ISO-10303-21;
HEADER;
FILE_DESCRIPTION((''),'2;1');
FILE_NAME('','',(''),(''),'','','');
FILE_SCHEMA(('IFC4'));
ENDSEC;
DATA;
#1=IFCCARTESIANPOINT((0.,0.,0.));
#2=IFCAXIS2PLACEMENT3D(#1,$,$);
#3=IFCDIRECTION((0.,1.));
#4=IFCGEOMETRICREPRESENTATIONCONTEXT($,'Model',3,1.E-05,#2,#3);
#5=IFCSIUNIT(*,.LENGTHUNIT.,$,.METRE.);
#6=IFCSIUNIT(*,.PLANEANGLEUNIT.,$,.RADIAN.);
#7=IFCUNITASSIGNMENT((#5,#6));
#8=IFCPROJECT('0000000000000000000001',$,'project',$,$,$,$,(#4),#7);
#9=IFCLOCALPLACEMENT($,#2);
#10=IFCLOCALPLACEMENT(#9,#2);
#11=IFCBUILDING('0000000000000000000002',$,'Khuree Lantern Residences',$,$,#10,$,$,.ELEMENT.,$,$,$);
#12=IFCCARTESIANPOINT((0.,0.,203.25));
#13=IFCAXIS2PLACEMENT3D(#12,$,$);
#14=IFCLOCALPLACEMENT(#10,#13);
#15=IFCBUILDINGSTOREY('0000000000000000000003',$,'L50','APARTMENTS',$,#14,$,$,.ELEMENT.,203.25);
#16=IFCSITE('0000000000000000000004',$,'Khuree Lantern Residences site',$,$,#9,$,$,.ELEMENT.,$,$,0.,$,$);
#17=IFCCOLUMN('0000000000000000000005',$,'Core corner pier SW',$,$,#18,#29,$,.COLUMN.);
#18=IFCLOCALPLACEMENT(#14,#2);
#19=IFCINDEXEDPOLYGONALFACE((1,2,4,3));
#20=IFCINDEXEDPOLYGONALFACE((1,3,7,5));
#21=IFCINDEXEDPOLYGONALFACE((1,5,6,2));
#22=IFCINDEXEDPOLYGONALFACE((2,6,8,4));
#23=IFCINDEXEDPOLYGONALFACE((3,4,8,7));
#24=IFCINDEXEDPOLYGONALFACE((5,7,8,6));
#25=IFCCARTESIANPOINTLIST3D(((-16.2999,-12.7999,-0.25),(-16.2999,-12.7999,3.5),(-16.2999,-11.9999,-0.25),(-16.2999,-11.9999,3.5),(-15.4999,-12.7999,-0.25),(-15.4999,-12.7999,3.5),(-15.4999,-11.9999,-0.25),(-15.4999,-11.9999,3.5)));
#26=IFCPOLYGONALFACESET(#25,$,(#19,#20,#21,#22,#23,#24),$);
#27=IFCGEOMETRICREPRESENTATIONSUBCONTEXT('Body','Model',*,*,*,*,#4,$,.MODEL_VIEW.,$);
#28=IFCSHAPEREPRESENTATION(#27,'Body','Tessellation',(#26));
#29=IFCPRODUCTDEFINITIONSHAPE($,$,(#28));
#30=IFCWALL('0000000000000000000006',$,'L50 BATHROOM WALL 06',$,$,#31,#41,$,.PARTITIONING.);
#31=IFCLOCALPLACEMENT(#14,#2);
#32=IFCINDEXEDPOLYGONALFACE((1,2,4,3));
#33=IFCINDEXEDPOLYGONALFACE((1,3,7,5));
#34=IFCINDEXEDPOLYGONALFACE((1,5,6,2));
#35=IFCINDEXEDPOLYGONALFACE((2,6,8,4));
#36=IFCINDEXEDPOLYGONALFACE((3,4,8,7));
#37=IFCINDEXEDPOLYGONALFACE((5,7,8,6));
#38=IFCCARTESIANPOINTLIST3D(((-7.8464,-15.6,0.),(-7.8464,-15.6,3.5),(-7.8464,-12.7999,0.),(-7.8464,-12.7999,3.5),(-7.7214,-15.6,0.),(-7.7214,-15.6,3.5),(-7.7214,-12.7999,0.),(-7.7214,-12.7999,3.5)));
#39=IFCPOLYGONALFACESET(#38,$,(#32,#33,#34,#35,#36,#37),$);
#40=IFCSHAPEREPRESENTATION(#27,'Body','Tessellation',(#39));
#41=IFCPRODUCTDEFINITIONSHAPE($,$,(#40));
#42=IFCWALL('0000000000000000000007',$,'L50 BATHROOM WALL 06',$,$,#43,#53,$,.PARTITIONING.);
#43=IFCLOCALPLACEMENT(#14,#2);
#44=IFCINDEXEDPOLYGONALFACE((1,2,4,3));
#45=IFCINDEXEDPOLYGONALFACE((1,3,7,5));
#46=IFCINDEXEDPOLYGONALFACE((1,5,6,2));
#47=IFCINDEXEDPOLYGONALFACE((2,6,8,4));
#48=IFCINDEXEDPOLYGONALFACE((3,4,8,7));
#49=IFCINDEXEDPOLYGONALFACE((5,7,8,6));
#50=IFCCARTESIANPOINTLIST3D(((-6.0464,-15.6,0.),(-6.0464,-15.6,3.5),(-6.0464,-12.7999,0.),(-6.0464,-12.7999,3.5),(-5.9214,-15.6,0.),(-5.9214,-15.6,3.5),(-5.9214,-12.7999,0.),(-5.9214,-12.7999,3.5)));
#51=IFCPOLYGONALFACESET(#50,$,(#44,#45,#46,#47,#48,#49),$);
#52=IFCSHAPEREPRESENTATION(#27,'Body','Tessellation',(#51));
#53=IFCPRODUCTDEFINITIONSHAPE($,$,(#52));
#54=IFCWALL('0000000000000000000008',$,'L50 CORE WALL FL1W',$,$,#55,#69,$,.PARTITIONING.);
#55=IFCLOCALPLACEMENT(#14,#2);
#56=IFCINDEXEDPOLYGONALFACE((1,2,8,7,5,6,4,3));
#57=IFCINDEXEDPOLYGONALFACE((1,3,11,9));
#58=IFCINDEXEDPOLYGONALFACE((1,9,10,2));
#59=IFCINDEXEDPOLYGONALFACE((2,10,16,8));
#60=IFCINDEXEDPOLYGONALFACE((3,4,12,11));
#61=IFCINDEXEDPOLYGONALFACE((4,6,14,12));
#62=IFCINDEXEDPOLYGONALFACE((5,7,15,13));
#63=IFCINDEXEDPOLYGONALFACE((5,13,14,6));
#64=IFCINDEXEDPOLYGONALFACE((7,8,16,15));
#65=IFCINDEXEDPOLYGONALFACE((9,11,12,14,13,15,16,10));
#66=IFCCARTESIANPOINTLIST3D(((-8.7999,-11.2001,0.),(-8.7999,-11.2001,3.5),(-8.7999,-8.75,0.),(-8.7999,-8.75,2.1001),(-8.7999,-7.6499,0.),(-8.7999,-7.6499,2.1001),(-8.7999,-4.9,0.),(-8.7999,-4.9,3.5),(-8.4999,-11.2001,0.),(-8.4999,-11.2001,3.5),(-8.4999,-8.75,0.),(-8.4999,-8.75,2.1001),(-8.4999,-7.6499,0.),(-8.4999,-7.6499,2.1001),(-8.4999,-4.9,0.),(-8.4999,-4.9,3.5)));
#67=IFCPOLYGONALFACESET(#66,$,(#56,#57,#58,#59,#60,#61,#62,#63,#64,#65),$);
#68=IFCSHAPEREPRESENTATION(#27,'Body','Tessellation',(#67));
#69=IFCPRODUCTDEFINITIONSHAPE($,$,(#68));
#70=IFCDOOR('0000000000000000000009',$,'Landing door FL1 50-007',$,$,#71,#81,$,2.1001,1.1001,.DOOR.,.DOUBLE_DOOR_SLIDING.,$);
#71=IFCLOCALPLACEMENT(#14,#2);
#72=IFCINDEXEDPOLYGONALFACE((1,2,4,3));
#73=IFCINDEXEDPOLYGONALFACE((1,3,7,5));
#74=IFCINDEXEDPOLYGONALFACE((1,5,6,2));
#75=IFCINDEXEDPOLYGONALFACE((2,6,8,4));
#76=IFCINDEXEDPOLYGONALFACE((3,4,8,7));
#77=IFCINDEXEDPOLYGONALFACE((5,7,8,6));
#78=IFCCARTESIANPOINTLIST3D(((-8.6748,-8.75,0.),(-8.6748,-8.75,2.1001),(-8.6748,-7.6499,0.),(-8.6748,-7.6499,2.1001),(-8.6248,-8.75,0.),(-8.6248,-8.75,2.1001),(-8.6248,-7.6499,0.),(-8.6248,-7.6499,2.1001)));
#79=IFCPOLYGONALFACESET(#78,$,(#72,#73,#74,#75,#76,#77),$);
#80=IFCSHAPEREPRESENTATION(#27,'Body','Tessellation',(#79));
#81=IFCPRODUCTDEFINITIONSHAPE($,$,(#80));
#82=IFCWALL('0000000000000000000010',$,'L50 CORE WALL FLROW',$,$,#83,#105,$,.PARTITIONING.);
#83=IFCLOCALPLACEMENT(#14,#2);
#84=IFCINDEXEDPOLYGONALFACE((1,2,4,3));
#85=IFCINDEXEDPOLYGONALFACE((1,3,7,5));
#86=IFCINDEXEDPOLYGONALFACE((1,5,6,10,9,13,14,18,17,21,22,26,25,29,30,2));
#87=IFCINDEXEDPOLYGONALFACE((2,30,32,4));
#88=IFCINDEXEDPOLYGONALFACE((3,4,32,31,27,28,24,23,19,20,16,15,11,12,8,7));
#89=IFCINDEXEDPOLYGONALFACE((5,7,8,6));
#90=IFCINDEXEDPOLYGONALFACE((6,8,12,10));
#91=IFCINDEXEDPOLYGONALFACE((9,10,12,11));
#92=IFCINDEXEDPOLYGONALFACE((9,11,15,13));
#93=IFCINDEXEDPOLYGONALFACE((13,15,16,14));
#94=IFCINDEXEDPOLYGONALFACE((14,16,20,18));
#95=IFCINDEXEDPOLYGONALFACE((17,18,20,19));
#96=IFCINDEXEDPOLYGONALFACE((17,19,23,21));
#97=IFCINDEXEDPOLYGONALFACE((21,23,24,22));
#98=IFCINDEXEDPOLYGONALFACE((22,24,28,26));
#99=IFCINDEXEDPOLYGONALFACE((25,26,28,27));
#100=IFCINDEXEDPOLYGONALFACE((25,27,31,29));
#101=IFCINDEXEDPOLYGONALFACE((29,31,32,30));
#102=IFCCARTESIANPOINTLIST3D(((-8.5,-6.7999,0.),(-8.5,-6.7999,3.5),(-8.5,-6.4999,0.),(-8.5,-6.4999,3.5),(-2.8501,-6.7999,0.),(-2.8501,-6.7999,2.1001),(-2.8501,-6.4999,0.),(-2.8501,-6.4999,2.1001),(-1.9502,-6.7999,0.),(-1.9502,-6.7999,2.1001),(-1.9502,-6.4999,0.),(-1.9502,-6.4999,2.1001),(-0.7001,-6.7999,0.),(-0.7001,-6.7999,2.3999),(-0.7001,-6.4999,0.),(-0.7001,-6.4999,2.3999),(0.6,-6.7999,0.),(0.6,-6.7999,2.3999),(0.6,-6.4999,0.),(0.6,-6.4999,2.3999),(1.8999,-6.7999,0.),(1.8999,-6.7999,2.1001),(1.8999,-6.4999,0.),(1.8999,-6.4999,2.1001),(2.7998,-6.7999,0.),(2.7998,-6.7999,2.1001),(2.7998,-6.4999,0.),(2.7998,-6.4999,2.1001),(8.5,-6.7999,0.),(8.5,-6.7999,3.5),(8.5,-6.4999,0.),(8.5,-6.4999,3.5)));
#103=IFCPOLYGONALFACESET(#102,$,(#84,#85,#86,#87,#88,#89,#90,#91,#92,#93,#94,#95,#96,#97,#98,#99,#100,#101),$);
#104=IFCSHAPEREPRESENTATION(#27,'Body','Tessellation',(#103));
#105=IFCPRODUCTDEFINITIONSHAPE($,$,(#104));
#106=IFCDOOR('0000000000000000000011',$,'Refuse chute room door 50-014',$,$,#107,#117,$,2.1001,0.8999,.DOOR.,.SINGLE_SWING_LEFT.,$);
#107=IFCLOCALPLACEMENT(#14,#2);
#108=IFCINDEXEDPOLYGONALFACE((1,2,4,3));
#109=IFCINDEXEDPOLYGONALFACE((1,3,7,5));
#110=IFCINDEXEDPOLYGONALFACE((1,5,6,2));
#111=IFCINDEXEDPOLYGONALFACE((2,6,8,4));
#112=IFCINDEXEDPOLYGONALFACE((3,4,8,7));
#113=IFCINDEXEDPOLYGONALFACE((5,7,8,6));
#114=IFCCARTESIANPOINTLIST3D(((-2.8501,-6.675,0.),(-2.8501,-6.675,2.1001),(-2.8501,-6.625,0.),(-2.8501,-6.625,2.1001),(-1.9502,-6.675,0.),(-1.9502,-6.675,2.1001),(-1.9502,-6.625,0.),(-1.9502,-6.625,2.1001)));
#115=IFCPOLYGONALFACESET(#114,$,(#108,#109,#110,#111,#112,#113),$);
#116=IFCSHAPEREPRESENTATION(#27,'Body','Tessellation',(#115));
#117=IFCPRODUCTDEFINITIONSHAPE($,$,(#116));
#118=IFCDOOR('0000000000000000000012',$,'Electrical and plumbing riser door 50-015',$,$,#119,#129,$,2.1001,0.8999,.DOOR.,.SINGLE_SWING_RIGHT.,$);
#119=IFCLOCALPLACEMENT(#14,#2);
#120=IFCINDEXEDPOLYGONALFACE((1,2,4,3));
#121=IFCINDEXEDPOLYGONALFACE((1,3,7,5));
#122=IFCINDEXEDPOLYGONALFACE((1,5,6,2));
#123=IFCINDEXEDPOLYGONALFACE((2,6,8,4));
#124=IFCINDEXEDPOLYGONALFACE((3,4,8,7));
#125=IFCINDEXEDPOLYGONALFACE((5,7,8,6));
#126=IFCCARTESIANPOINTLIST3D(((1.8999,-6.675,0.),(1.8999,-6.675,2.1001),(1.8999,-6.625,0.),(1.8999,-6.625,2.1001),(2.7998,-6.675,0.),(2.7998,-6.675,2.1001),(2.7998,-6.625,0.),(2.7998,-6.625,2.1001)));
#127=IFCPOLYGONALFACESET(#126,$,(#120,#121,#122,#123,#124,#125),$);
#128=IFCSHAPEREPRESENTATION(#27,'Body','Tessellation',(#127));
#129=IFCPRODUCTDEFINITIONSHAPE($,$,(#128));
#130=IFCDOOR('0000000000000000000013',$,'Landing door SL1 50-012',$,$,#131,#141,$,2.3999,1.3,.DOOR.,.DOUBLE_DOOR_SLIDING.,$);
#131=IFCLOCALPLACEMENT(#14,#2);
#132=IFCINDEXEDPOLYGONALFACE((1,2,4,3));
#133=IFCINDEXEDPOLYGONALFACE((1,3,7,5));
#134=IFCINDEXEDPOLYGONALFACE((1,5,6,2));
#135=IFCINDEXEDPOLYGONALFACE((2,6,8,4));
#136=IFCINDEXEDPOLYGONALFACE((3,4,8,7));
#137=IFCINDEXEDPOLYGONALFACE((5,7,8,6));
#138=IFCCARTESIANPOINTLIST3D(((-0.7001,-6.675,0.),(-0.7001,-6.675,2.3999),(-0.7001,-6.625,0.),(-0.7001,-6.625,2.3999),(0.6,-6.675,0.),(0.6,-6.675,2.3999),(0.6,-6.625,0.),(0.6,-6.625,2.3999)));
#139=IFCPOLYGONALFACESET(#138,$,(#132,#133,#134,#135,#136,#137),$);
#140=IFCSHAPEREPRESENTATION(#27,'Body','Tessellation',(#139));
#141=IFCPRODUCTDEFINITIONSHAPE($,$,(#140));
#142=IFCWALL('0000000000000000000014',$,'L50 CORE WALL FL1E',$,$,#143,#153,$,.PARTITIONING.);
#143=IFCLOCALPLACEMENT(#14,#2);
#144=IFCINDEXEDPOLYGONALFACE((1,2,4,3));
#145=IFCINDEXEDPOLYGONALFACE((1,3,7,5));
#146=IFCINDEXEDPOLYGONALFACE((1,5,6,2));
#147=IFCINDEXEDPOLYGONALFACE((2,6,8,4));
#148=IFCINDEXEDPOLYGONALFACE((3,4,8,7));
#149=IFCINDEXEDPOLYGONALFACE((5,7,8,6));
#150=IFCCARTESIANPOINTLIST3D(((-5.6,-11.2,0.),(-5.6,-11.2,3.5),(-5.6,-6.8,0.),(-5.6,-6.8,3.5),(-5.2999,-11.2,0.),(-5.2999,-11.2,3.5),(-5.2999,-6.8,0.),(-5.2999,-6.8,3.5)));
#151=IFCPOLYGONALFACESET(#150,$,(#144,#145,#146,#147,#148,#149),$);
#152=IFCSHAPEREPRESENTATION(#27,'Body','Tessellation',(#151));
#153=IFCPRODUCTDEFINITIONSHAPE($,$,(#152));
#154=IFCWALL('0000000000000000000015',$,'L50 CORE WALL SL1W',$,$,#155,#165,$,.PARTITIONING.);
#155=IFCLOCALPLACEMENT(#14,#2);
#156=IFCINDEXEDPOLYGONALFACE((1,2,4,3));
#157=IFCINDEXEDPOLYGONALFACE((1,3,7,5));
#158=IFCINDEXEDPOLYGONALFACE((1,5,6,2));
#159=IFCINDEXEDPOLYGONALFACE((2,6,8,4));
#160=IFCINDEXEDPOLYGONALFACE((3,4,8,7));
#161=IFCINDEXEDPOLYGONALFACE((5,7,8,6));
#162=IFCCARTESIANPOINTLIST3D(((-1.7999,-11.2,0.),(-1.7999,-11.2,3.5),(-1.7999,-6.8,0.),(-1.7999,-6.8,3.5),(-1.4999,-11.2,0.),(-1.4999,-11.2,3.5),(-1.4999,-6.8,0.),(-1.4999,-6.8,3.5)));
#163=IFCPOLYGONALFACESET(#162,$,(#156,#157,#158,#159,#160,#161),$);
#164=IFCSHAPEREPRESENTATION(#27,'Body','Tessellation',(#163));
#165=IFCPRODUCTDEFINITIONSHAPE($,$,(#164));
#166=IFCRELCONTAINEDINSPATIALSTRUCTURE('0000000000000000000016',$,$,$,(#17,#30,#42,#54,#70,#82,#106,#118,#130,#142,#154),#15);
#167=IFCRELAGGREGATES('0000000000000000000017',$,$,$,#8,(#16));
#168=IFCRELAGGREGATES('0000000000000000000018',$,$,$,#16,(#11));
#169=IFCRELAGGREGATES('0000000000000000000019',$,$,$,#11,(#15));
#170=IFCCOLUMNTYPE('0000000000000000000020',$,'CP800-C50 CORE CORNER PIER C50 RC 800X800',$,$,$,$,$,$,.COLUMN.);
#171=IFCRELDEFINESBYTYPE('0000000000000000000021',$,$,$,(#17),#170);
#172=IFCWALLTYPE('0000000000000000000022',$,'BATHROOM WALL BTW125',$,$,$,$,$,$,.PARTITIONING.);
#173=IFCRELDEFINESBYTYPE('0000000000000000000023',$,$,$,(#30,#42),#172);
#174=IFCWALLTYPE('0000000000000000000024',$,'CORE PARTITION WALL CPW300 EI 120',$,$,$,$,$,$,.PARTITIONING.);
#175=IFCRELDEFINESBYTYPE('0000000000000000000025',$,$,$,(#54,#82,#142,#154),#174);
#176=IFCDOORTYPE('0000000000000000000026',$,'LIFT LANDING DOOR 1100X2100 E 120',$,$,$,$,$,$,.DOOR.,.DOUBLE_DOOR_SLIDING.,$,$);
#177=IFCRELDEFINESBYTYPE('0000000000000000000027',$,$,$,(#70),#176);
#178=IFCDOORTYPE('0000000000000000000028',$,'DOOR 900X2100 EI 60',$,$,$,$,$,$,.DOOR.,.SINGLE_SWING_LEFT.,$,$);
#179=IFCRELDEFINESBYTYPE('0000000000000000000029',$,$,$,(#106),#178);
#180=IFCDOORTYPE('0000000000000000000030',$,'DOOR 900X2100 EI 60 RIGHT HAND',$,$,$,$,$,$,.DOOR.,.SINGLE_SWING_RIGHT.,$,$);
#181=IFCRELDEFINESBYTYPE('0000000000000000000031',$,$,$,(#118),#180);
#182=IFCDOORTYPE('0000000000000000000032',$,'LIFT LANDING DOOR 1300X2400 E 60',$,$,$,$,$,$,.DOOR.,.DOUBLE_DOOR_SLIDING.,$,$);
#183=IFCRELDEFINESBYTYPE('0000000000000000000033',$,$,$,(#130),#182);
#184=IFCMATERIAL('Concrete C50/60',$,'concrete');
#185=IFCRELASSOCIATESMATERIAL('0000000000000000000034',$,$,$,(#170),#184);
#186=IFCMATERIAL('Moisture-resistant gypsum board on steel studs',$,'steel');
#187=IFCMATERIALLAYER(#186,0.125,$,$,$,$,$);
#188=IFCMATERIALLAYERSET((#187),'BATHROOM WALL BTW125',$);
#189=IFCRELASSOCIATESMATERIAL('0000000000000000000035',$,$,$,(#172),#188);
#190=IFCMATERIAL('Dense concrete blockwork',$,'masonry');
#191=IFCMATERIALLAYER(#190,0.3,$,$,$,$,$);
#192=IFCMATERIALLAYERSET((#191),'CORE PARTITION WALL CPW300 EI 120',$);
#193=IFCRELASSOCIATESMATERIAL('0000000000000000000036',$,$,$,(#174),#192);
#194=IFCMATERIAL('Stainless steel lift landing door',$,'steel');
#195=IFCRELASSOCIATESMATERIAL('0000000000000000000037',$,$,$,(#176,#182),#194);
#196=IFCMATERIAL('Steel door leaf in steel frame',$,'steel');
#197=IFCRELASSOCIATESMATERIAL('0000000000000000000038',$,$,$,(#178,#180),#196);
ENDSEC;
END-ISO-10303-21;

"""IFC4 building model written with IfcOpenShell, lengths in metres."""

from ifc_helpers import new_model, si_unit, direction, frame, frame_2d, origin, origin_2d, place, context, subcontext, project, spatial, rectangle, extrude, material, layer, layer_set, material_profile, profile_set, type_object, element, fill, save


model = new_model("IFC4")

# Units and contexts
model_context = context("Model", 3, precision=1e-05, world=origin(), true_north=direction((0.0, 1.0)))
body_context = subcontext(model_context, "Body", "Model", "MODEL_VIEW")
ifc_project = project(units=[si_unit("LENGTHUNIT", "METRE"), si_unit("PLANEANGLEUNIT", "RADIAN")], contexts=[model_context])

# Site, building, storey
site_placement = place(None, origin())
site = spatial("IfcSite", under=ifc_project, at=site_placement, Name="Khuree Lantern Residences site", CompositionType="ELEMENT", RefElevation=0.0)
building_placement = place(site_placement, origin())
building = spatial("IfcBuilding", under=site, at=building_placement, Name="Khuree Lantern Residences", CompositionType="ELEMENT")
storey_placement = place(building_placement, frame((0.0, 0.0, 203.25)))
storey = spatial("IfcBuildingStorey", under=building, at=storey_placement, Name="L50", Description="APARTMENTS", CompositionType="ELEMENT", Elevation=203.25)

# Column
ifc_material_1 = material(Name="Concrete C50/60", Category="concrete")
ifc_material_profile = material_profile(ifc_material_1, rectangle(XDim=0.8, YDim=0.8, at=origin_2d()), Name="RC 800X800")
ifc_profile_set = profile_set([ifc_material_profile], Name="Concrete C50/60")
column_type = type_object("IfcColumnType", Name="CP800-C50 CORE CORNER PIER C50 RC 800X800", PredefinedType="COLUMN", material=ifc_profile_set)
column_placement = place(storey_placement, frame((-15.8999, -12.3999, -0.25), z_axis=(0.0, 0.0, 1.0), x_axis=(1.0, 0.0, 0.0)))
element("IfcColumn", 1, at=column_placement, inside=storey, type_object=column_type, Name="Core corner pier SW", PredefinedType="COLUMN", context=body_context, shape_type="SweptSolid", body=[
    extrude(rectangle(XDim=0.8, YDim=0.8, at=origin_2d()), origin(), (0.0, 0.0, 1.0), 3.75),
])

# Walls
ifc_material_2 = material(Name="Moisture-resistant gypsum board on steel studs", Category="steel")
ifc_layer_1 = layer(ifc_material_2, 0.125)
ifc_layer_set_1 = layer_set([ifc_layer_1], Name="BATHROOM WALL BTW125")
wall_type_1 = type_object("IfcWallType", Name="BATHROOM WALL BTW125", PredefinedType="PARTITIONING", material=ifc_layer_set_1)
for number, where, z_axis, x_axis, name in (
    (2, (-7.7839, -12.8, 0.0), (0.0, 0.0, 1.0), (0.0, -1.0, 0.0), "L50 BATHROOM WALL 06"),
    (3, (-5.9839, -12.8, 0.0), (0.0, 0.0, 1.0), (0.0, -1.0, 0.0), "L50 BATHROOM WALL 06"),
):
    element("IfcWall", number, at=place(storey_placement, frame(where, z_axis=z_axis, x_axis=x_axis)), inside=storey, type_object=wall_type_1, Name=name, PredefinedType="PARTITIONING", context=body_context, shape_type="SweptSolid", body=[
        extrude(rectangle(XDim=2.8, YDim=0.125, at=frame_2d((1.3999, 0.0))), origin(), (0.0, 0.0, 1.0), 3.5),
    ])

# Wall, opening, door
ifc_material_3 = material(Name="Dense concrete blockwork", Category="masonry")
ifc_layer_2 = layer(ifc_material_3, 0.3)
ifc_layer_set_2 = layer_set([ifc_layer_2], Name="CORE PARTITION WALL CPW300 EI 120")
wall_type_2 = type_object("IfcWallType", Name="CORE PARTITION WALL CPW300 EI 120", PredefinedType="PARTITIONING", material=ifc_layer_set_2)
wall_1_placement = place(storey_placement, frame((-8.6499, -11.2, 0.0), z_axis=(0.0, 0.0, 1.0), x_axis=(0.0, 1.0, 0.0)))
wall_1 = element("IfcWall", 4, at=wall_1_placement, inside=storey, type_object=wall_type_2, Name="L50 CORE WALL FL1W", PredefinedType="PARTITIONING", context=body_context, shape_type="SweptSolid", body=[
    extrude(rectangle(XDim=6.3, YDim=0.3, at=frame_2d((3.1499, 0.0))), origin(), (0.0, 0.0, 1.0), 3.5),
])
opening_1_placement = place(wall_1_placement, frame((2.45, 0.0, 0.0)))
opening_1 = element("IfcOpeningElement", 5, at=opening_1_placement, cuts=wall_1, PredefinedType="OPENING", context=body_context, shape_type="SweptSolid", body=[
    extrude(rectangle(XDim=1.1001, YDim=2.1001, at=frame_2d((0.55, 1.05))), frame((0.0, 0.1602, 0.0), z_axis=(0.0, -1.0, 0.0), x_axis=(1.0, 0.0, 0.0)), (0.0, 0.0, 1.0), 0.3201),
])
ifc_material_4 = material(Name="Stainless steel lift landing door", Category="steel")
door_type_1 = type_object("IfcDoorType", Name="LIFT LANDING DOOR 1100X2100 E 120", OperationType="DOUBLE_DOOR_SLIDING", PredefinedType="DOOR", material=ifc_material_4)
door_1_placement = place(opening_1_placement, origin())
door_1 = element("IfcDoor", 6, at=door_1_placement, inside=storey, type_object=door_type_1, Name="Landing door FL1 50-007", OperationType="DOUBLE_DOOR_SLIDING", OverallHeight=2.1001, OverallWidth=1.1001, PredefinedType="DOOR", context=body_context, shape_type="SweptSolid", body=[
    extrude(rectangle(XDim=1.1001, YDim=2.1001, at=frame_2d((0.55, 1.05))), frame((0.0, 0.0249, 0.0), z_axis=(0.0, -1.0, 0.0), x_axis=(1.0, 0.0, 0.0)), (0.0, 0.0, 1.0), 0.05),
])
fill(opening_1, door_1)

# Wall, openings, doors
wall_2_placement = place(storey_placement, frame((-8.5, -6.6499, 0.0), z_axis=(0.0, 0.0, 1.0), x_axis=(1.0, 0.0, 0.0)))
wall_2 = element("IfcWall", 7, at=wall_2_placement, inside=storey, type_object=wall_type_2, Name="L50 CORE WALL FLROW", PredefinedType="PARTITIONING", context=body_context, shape_type="SweptSolid", body=[
    extrude(rectangle(XDim=17.0, YDim=0.3, at=frame_2d((8.5, 0.0))), origin(), (0.0, 0.0, 1.0), 3.5),
])
opening_2_placement = place(wall_2_placement, frame((7.8, 0.0, 0.0)))
opening_2 = element("IfcOpeningElement", 8, at=opening_2_placement, cuts=wall_2, PredefinedType="OPENING", context=body_context, shape_type="SweptSolid", body=[
    extrude(rectangle(XDim=1.3, YDim=2.3999, at=frame_2d((0.6499, 1.2))), frame((0.0, 0.1602, 0.0), z_axis=(0.0, -1.0, 0.0), x_axis=(1.0, 0.0, 0.0)), (0.0, 0.0, 1.0), 0.3201),
])
opening_3_placement = place(wall_2_placement, frame((5.6499, 0.0, 0.0)))
opening_3 = element("IfcOpeningElement", 9, at=opening_3_placement, cuts=wall_2, PredefinedType="OPENING", context=body_context, shape_type="SweptSolid", body=[
    extrude(rectangle(XDim=0.8999, YDim=2.1001, at=frame_2d((0.45, 1.05))), frame((0.0, 0.1602, 0.0), z_axis=(0.0, -1.0, 0.0), x_axis=(1.0, 0.0, 0.0)), (0.0, 0.0, 1.0), 0.3201),
])
opening_4_placement = place(wall_2_placement, frame((10.3999, 0.0, 0.0)))
opening_4 = element("IfcOpeningElement", 10, at=opening_4_placement, cuts=wall_2, PredefinedType="OPENING", context=body_context, shape_type="SweptSolid", body=[
    extrude(rectangle(XDim=0.8999, YDim=2.1001, at=frame_2d((0.45, 1.05))), frame((0.0, 0.1602, 0.0), z_axis=(0.0, -1.0, 0.0), x_axis=(1.0, 0.0, 0.0)), (0.0, 0.0, 1.0), 0.3201),
])
ifc_material_5 = material(Name="Steel door leaf in steel frame", Category="steel")
door_type_2 = type_object("IfcDoorType", Name="DOOR 900X2100 EI 60", OperationType="SINGLE_SWING_LEFT", PredefinedType="DOOR", material=ifc_material_5)
door_2_placement = place(opening_3_placement, origin())
door_2 = element("IfcDoor", 11, at=door_2_placement, inside=storey, type_object=door_type_2, Name="Refuse chute room door 50-014", OperationType="SINGLE_SWING_LEFT", OverallHeight=2.1001, OverallWidth=0.8999, PredefinedType="DOOR", context=body_context, shape_type="SweptSolid", body=[
    extrude(rectangle(XDim=0.8999, YDim=2.1001, at=frame_2d((0.45, 1.05))), frame((0.0, 0.0249, 0.0), z_axis=(0.0, -1.0, 0.0), x_axis=(1.0, 0.0, 0.0)), (0.0, 0.0, 1.0), 0.05),
])
fill(opening_3, door_2)
door_type_3 = type_object("IfcDoorType", Name="DOOR 900X2100 EI 60 RIGHT HAND", OperationType="SINGLE_SWING_RIGHT", PredefinedType="DOOR", material=ifc_material_5)
door_3_placement = place(opening_4_placement, origin())
door_3 = element("IfcDoor", 12, at=door_3_placement, inside=storey, type_object=door_type_3, Name="Electrical and plumbing riser door 50-015", OperationType="SINGLE_SWING_RIGHT", OverallHeight=2.1001, OverallWidth=0.8999, PredefinedType="DOOR", context=body_context, shape_type="SweptSolid", body=[
    extrude(rectangle(XDim=0.8999, YDim=2.1001, at=frame_2d((0.45, 1.05))), frame((0.0, 0.0249, 0.0), z_axis=(0.0, -1.0, 0.0), x_axis=(1.0, 0.0, 0.0)), (0.0, 0.0, 1.0), 0.05),
])
fill(opening_4, door_3)
door_type_4 = type_object("IfcDoorType", Name="LIFT LANDING DOOR 1300X2400 E 60", OperationType="DOUBLE_DOOR_SLIDING", PredefinedType="DOOR", material=ifc_material_4)
door_4_placement = place(opening_2_placement, origin())
door_4 = element("IfcDoor", 13, at=door_4_placement, inside=storey, type_object=door_type_4, Name="Landing door SL1 50-012", OperationType="DOUBLE_DOOR_SLIDING", OverallHeight=2.3999, OverallWidth=1.3, PredefinedType="DOOR", context=body_context, shape_type="SweptSolid", body=[
    extrude(rectangle(XDim=1.3, YDim=2.3999, at=frame_2d((0.6499, 1.2))), frame((0.0, 0.0249, 0.0), z_axis=(0.0, -1.0, 0.0), x_axis=(1.0, 0.0, 0.0)), (0.0, 0.0, 1.0), 0.05),
])
fill(opening_2, door_4)

# Walls
for number, where, z_axis, x_axis, name in (
    (14, (-5.45, -11.2, 0.0), (0.0, 0.0, 1.0), (0.0, 1.0, 0.0), "L50 CORE WALL FL1E"),
    (15, (-1.6499, -11.2, 0.0), (0.0, 0.0, 1.0), (0.0, 1.0, 0.0), "L50 CORE WALL SL1W"),
):
    element("IfcWall", number, at=place(storey_placement, frame(where, z_axis=z_axis, x_axis=x_axis)), inside=storey, type_object=wall_type_2, Name=name, PredefinedType="PARTITIONING", context=body_context, shape_type="SweptSolid", body=[
        extrude(rectangle(XDim=4.3999, YDim=0.3, at=frame_2d((2.2, 0.0))), origin(), (0.0, 0.0, 1.0), 3.5),
    ])

save(model, "model.ifc")
